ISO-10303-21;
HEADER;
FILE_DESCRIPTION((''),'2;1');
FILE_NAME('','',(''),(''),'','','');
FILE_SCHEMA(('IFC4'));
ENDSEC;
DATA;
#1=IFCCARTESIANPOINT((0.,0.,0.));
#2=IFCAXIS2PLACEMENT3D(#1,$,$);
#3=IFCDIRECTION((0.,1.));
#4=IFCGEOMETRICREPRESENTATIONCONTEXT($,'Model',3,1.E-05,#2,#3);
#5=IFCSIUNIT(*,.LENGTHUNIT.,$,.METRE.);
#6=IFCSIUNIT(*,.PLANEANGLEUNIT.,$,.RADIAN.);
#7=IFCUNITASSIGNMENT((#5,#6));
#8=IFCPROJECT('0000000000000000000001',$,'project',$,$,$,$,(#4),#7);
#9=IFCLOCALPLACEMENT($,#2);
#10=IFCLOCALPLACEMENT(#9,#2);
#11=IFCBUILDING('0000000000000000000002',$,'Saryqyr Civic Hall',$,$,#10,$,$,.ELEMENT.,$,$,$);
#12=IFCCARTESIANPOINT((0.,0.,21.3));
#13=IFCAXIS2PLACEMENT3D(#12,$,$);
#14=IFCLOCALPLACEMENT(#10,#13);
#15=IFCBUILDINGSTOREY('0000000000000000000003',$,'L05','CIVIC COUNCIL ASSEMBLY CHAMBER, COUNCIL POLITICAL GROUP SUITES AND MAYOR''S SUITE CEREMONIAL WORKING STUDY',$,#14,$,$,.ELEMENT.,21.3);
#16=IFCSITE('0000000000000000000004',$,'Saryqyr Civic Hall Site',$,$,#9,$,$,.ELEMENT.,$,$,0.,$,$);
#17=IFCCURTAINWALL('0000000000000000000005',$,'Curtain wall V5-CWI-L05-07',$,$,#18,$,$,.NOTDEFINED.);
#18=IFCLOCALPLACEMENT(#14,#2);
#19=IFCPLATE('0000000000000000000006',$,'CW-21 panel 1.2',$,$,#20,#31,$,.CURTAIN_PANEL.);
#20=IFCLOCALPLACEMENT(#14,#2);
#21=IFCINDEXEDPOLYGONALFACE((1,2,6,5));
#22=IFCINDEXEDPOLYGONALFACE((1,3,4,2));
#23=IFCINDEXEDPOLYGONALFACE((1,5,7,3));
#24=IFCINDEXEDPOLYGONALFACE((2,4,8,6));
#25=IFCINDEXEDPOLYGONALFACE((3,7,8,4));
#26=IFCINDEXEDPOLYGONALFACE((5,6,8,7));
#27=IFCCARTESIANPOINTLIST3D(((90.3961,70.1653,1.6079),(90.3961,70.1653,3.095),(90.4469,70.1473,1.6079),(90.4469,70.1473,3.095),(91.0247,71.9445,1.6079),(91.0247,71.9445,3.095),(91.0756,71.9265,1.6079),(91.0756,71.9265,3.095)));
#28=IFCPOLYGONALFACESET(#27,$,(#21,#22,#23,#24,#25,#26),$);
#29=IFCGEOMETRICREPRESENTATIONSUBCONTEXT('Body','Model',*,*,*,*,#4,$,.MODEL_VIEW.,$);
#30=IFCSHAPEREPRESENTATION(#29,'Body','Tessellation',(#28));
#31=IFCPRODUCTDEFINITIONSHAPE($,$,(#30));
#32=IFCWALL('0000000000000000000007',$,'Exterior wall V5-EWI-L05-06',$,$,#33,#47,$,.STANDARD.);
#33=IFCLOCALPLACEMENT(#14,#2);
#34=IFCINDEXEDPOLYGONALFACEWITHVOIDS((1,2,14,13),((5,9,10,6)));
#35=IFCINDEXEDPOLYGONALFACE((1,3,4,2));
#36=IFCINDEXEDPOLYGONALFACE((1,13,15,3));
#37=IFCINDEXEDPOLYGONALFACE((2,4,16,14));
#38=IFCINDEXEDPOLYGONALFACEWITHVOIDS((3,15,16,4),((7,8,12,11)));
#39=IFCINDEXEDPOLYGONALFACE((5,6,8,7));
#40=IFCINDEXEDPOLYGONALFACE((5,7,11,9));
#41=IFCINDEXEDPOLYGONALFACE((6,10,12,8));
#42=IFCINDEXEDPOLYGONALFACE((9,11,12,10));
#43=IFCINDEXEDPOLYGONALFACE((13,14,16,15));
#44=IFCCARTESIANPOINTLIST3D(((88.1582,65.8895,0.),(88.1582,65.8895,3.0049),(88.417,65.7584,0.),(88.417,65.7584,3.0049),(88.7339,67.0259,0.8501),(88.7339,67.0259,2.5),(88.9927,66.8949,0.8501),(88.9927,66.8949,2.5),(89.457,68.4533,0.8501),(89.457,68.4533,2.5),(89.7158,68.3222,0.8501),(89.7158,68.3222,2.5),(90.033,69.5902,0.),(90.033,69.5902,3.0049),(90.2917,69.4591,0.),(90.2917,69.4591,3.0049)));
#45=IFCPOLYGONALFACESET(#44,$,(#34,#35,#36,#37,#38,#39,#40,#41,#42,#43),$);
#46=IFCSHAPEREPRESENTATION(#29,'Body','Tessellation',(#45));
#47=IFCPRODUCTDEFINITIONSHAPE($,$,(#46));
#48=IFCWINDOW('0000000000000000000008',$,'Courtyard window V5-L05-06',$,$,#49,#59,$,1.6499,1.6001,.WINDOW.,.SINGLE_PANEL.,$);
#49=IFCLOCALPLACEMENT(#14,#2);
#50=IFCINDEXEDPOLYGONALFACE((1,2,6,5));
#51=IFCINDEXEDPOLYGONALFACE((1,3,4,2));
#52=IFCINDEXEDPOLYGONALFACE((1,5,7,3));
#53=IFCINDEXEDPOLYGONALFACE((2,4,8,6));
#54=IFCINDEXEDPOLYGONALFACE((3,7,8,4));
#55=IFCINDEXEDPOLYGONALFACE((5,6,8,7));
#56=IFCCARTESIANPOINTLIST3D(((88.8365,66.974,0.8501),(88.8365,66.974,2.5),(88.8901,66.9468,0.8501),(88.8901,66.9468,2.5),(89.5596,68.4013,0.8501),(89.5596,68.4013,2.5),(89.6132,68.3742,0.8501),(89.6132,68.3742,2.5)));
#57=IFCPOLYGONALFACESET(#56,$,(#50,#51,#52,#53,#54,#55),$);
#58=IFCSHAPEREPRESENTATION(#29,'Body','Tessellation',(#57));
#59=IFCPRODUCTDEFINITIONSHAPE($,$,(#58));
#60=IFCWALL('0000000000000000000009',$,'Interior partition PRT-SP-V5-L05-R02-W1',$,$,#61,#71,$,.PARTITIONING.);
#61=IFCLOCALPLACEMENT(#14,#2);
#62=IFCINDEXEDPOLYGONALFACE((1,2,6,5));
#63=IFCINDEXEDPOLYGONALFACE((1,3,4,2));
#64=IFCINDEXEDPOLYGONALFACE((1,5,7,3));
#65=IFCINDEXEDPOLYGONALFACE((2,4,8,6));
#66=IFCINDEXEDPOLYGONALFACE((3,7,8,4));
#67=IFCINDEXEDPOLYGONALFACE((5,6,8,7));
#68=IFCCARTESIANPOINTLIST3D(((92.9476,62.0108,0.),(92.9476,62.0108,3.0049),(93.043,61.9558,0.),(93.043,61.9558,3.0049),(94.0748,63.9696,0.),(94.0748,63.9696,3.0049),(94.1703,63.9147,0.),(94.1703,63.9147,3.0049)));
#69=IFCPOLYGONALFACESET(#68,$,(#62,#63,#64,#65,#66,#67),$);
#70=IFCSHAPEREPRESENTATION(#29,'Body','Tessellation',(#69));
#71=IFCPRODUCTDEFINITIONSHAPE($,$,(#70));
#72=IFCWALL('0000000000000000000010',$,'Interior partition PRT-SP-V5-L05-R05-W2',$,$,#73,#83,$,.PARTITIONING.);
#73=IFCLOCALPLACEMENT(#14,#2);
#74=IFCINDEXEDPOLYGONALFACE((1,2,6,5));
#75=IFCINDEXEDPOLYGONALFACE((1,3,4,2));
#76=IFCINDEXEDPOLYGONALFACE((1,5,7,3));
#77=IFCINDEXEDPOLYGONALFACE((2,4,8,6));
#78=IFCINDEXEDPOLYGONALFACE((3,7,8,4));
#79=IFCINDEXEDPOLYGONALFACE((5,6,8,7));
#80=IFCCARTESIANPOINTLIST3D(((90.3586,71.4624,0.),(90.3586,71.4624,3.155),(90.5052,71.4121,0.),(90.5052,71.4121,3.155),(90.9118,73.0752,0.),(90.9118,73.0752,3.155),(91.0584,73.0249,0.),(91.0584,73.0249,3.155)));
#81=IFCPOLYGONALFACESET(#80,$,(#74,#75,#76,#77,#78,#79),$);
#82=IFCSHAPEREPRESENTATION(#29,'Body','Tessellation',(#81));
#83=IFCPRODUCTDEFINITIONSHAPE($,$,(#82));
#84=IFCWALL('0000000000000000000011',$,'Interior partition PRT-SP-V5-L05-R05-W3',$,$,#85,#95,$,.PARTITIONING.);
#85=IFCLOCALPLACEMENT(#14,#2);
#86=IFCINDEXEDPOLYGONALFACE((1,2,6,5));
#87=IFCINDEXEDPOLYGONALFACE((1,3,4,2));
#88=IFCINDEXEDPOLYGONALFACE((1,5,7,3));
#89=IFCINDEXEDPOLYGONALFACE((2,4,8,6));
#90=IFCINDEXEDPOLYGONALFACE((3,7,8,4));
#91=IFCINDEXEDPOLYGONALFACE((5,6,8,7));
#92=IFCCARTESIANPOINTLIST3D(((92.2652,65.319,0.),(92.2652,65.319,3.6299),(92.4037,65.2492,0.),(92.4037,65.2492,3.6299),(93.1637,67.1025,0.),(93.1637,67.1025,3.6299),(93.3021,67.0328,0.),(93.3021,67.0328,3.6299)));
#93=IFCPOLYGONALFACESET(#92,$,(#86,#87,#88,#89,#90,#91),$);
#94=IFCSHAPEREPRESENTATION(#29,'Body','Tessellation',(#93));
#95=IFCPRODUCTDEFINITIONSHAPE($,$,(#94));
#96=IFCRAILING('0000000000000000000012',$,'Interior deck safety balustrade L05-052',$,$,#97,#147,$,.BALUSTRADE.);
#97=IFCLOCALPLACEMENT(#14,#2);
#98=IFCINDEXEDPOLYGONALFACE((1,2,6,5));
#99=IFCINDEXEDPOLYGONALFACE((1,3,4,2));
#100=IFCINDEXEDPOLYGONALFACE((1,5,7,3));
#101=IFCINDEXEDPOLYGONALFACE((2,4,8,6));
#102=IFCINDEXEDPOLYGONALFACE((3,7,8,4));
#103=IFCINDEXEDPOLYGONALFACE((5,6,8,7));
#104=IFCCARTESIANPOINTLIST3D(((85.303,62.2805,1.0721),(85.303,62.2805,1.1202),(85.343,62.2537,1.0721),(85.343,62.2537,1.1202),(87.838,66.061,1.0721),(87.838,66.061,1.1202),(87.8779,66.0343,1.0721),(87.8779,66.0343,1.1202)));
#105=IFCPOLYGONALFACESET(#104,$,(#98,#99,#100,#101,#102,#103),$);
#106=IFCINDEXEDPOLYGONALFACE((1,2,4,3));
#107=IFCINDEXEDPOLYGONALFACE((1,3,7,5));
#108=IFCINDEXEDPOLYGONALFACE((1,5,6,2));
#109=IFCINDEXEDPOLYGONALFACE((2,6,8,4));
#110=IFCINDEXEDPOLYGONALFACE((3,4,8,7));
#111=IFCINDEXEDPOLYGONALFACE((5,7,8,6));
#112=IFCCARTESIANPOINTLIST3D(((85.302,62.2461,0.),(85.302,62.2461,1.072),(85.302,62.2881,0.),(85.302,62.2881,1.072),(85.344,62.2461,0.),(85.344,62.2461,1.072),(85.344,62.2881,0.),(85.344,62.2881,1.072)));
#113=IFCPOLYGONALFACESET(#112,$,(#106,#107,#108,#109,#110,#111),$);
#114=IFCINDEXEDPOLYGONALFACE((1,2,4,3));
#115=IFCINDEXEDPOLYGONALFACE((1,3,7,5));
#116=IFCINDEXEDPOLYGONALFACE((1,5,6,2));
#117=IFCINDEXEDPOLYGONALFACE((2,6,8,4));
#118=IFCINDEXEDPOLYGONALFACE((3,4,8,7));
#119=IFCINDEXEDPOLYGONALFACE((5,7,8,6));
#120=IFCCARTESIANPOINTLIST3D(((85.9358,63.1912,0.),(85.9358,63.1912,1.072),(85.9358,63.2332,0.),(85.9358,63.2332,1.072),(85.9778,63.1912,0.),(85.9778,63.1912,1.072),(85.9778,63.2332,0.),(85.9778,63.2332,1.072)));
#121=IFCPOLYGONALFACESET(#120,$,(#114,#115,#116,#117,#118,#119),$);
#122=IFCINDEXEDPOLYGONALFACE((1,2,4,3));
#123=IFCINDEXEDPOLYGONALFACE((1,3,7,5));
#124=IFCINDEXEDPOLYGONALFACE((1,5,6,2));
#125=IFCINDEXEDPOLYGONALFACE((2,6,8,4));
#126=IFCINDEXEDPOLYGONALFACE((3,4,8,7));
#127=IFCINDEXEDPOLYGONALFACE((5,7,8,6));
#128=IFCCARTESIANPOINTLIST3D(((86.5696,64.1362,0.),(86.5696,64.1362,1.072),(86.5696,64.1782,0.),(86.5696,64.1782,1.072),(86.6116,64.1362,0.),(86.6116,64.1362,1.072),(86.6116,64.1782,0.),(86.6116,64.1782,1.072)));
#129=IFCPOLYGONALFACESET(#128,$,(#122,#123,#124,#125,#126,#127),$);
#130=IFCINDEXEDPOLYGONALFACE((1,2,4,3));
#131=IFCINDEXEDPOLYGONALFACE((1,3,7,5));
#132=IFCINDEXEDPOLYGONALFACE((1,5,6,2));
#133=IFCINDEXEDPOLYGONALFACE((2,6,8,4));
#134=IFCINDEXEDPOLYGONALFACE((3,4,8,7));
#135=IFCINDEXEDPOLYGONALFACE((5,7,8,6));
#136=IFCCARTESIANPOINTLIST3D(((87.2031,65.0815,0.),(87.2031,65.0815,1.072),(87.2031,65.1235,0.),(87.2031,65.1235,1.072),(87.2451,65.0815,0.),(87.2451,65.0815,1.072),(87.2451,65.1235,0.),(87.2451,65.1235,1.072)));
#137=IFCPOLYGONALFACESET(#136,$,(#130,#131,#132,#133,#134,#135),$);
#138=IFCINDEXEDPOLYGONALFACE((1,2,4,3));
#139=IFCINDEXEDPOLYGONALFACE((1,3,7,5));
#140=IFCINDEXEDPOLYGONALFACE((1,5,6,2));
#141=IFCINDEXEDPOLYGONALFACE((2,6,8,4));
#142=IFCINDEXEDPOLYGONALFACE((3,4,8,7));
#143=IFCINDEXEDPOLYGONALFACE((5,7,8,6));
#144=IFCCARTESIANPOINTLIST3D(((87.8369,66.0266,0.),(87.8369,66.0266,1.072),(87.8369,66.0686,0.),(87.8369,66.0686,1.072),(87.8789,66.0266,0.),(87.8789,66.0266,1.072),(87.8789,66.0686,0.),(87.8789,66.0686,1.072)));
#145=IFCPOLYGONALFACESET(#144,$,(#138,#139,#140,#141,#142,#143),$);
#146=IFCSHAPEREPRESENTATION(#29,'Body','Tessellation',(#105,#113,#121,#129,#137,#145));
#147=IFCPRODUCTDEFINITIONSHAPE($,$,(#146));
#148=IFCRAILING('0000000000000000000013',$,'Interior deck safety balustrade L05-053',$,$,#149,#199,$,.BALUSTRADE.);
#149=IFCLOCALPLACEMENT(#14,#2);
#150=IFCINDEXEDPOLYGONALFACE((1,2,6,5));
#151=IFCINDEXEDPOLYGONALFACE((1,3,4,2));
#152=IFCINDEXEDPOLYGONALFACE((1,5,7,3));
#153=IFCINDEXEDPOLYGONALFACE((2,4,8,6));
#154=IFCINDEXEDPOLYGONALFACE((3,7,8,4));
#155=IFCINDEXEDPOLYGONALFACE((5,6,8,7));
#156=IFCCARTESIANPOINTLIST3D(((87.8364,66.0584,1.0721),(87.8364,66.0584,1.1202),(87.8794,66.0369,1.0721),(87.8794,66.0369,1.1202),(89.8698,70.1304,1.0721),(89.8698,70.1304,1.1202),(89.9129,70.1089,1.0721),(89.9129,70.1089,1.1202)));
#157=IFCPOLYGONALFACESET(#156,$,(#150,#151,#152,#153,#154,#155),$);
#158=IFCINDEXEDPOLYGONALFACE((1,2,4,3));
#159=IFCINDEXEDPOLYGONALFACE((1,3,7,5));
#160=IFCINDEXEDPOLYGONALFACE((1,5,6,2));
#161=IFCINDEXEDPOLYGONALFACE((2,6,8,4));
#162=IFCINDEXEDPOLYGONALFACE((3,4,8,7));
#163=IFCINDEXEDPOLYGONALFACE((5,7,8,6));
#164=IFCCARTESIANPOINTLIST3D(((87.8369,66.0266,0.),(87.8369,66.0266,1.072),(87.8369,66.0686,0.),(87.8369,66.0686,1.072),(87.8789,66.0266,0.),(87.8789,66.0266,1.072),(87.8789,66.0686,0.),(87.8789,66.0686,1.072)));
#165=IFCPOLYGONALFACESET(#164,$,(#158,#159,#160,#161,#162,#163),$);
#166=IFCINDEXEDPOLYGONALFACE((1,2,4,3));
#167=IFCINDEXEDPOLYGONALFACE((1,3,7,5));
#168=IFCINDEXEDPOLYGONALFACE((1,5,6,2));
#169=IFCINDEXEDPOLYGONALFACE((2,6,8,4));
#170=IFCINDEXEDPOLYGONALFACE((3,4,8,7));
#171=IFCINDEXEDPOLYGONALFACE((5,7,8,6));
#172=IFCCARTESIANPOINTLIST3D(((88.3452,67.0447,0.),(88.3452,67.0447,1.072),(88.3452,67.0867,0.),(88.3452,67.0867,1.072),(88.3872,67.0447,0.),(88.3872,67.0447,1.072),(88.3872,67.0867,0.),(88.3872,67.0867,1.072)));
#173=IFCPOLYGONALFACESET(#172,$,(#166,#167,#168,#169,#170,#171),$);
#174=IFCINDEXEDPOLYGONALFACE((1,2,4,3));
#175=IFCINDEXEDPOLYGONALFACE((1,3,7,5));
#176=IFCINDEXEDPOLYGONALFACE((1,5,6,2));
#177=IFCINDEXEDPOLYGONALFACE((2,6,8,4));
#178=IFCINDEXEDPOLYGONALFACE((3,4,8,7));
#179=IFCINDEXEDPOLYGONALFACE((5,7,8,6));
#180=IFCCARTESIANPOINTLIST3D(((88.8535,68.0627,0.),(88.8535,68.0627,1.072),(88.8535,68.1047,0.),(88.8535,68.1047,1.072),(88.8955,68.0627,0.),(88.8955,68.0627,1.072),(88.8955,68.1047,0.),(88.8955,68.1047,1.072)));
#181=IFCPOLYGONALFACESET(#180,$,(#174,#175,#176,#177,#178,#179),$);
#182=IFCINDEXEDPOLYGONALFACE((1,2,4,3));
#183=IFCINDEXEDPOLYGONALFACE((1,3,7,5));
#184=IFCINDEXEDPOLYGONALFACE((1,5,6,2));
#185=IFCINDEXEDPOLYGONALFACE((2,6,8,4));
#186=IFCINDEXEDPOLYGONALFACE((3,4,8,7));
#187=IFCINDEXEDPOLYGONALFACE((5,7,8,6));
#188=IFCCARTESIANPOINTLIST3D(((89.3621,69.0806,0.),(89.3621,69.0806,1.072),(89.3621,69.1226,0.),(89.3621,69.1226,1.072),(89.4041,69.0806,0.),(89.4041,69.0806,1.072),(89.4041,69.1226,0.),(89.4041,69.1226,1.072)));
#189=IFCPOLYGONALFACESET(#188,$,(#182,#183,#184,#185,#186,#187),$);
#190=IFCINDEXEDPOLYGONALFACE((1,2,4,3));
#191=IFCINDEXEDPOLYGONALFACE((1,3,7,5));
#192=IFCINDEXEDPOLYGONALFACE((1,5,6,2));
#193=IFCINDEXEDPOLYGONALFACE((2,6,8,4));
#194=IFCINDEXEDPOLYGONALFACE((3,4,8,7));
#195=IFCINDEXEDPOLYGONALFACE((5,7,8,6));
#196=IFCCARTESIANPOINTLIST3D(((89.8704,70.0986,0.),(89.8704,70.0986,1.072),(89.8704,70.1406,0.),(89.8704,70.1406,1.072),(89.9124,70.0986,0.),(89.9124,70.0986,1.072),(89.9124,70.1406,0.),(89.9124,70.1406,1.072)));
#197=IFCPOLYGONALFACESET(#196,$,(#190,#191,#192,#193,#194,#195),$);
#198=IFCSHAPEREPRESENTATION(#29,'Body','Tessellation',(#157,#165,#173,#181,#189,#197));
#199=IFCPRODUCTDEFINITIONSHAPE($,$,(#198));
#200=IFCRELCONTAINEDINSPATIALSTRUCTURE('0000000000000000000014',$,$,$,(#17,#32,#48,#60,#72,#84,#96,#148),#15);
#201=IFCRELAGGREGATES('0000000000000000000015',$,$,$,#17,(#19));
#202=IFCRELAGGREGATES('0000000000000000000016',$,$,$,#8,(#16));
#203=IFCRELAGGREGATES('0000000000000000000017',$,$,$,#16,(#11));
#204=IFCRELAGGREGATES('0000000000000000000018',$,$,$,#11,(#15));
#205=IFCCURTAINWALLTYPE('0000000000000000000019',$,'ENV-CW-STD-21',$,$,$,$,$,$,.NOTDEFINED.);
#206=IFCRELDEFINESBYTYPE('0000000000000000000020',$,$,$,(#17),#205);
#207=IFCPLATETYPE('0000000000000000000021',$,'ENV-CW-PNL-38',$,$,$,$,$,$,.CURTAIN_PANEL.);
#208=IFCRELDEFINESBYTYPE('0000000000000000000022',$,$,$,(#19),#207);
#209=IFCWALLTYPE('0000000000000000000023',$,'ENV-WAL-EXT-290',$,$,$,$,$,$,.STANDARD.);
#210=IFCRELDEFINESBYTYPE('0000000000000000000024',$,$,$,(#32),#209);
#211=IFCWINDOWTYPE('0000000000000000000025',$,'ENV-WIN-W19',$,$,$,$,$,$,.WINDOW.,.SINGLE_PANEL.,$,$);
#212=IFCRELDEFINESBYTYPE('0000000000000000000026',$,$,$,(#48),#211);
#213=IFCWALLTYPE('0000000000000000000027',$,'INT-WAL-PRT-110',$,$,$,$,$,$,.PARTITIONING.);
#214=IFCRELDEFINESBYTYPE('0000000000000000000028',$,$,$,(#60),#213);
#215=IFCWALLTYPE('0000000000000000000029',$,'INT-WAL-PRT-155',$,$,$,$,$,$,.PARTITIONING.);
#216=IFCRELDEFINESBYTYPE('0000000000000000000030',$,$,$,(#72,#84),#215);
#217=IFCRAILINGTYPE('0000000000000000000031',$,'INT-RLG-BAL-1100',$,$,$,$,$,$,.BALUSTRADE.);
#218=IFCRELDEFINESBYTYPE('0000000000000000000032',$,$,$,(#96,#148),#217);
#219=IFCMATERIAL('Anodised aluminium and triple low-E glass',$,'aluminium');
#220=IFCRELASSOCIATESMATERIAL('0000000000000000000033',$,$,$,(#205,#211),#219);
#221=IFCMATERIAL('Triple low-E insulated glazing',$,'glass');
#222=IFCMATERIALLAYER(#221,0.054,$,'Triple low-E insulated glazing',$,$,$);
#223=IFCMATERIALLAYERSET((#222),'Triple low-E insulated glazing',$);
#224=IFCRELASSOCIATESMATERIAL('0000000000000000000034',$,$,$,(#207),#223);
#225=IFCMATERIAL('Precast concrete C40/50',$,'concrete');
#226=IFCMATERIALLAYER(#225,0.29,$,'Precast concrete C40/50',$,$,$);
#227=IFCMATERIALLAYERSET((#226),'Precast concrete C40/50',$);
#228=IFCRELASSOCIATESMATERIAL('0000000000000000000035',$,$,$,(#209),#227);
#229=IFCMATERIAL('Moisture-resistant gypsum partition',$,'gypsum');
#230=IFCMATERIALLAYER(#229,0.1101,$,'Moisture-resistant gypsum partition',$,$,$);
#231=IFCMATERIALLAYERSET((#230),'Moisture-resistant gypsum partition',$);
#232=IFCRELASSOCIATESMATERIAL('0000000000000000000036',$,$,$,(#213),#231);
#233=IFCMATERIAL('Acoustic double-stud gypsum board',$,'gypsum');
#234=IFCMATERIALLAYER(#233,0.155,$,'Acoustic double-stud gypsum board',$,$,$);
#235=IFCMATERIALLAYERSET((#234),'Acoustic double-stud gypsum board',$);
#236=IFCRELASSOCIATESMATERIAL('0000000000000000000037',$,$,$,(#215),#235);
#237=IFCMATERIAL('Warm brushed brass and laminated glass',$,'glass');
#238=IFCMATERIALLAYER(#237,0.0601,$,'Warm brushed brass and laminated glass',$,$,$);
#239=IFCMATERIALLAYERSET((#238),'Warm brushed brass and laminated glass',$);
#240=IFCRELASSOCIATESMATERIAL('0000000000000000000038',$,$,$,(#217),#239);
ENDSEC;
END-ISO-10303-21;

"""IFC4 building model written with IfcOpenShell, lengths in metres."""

from ifc_helpers import new_model, si_unit, direction, frame, frame_2d, origin, origin_2d, place, context, subcontext, project, spatial, rectangle, extrude, material, layer, layer_set, type_object, element, fill, aggregate, save


model = new_model("IFC4")

# Units and contexts
model_context = context("Model", 3, precision=1e-05, world=origin(), true_north=direction((0.0, 1.0)))
body_context = subcontext(model_context, "Body", "Model", "MODEL_VIEW")
ifc_project = project(units=[si_unit("LENGTHUNIT", "METRE"), si_unit("PLANEANGLEUNIT", "RADIAN")], contexts=[model_context])

# Site, building, storey
site_placement = place(None, origin())
site = spatial("IfcSite", under=ifc_project, at=site_placement, Name="Saryqyr Civic Hall Site", CompositionType="ELEMENT", RefElevation=0.0)
building_placement = place(site_placement, origin())
building = spatial("IfcBuilding", under=site, at=building_placement, Name="Saryqyr Civic Hall", CompositionType="ELEMENT")
storey_placement = place(building_placement, frame((0.0, 0.0, 21.3)))
storey = spatial("IfcBuildingStorey", under=building, at=storey_placement, Name="L05", Description="CIVIC COUNCIL ASSEMBLY CHAMBER, COUNCIL POLITICAL GROUP SUITES AND MAYOR'S SUITE CEREMONIAL WORKING STUDY", CompositionType="ELEMENT", Elevation=21.3)

# Shared definitions
ifc_material_1 = material(Name="Anodised aluminium and triple low-E glass", Category="aluminium")

# Curtain wall
curtain_wall_type_1 = type_object("IfcCurtainWallType", Name="ENV-CW-STD-21", PredefinedType="NOTDEFINED", material=ifc_material_1)
curtain_wall_1_placement = place(storey_placement, origin())
curtain_wall_1 = element("IfcCurtainWall", 1, at=curtain_wall_1_placement, inside=storey, type_object=curtain_wall_type_1, Name="Curtain wall V5-CWI-L05-07", PredefinedType="NOTDEFINED")

# Plate
ifc_material_2 = material(Name="Triple low-E insulated glazing", Category="glass")
ifc_layer_1 = layer(ifc_material_2, 0.054, Name="Triple low-E insulated glazing")
ifc_layer_set_1 = layer_set([ifc_layer_1], Name="Triple low-E insulated glazing")
plate_type = type_object("IfcPlateType", Name="ENV-CW-PNL-38", PredefinedType="CURTAIN_PANEL", material=ifc_layer_set_1)
plate_1_placement = place(storey_placement, frame((90.7358, 71.0459, 1.6079), z_axis=(0.0, 0.0, 1.0), x_axis=(0.333172, 0.942866, 0.0)))
plate_1 = element("IfcPlate", 2, at=plate_1_placement, type_object=plate_type, Name="CW-21 panel 1.2", PredefinedType="CURTAIN_PANEL", context=body_context, shape_type="SweptSolid", body=[
    extrude(rectangle(XDim=1.887, YDim=0.054, at=origin_2d()), origin(), (0.0, 0.0, 1.0), 1.4871),
])
aggregate(curtain_wall_1, [plate_1])

# Wall, opening, window
ifc_material_3 = material(Name="Precast concrete C40/50", Category="concrete")
ifc_layer_2 = layer(ifc_material_3, 0.29, Name="Precast concrete C40/50")
ifc_layer_set_2 = layer_set([ifc_layer_2], Name="Precast concrete C40/50")
wall_type_1 = type_object("IfcWallType", Name="ENV-WAL-EXT-290", PredefinedType="STANDARD", material=ifc_layer_set_2)
wall_1_placement = place(storey_placement, frame((88.2876, 65.824, 0.0), z_axis=(0.0, 0.0, 1.0), x_axis=(0.451915, 0.892061, 0.0)))
wall_1 = element("IfcWall", 3, at=wall_1_placement, inside=storey, type_object=wall_type_1, Name="Exterior wall V5-EWI-L05-06", PredefinedType="STANDARD", context=body_context, shape_type="SweptSolid", body=[
    extrude(rectangle(XDim=4.1484, YDim=0.29, at=frame_2d((2.0742, 0.0))), origin(), (0.0, 0.0, 1.0), 3.0049),
])
opening_placement = place(wall_1_placement, frame((1.2739, 0.0, 0.8501)))
opening = element("IfcOpeningElement", 4, at=opening_placement, cuts=wall_1, PredefinedType="OPENING", context=body_context, shape_type="SweptSolid", body=[
    extrude(rectangle(XDim=1.6001, YDim=1.6499, at=frame_2d((0.8, 0.825))), frame((0.0, 0.155, 0.0), z_axis=(0.0, -1.0, 0.0), x_axis=(1.0, 0.0, 0.0)), (0.0, 0.0, 1.0), 0.3101),
])
window_type = type_object("IfcWindowType", Name="ENV-WIN-W19", PartitioningType="SINGLE_PANEL", PredefinedType="WINDOW", material=ifc_material_1)
window_placement = place(opening_placement, origin())
window = element("IfcWindow", 5, at=window_placement, inside=storey, type_object=window_type, Name="Courtyard window V5-L05-06", OverallHeight=1.6499, OverallWidth=1.6001, PartitioningType="SINGLE_PANEL", PredefinedType="WINDOW", context=body_context, shape_type="SweptSolid", body=[
    extrude(rectangle(XDim=1.6001, YDim=1.6499, at=frame_2d((0.8, 0.825))), frame((0.0, 0.03, 0.0), z_axis=(0.0, -1.0, 0.0), x_axis=(1.0, 0.0, 0.0)), (0.0, 0.0, 1.0), 0.0601),
])
fill(opening, window)

# Walls
ifc_material_4 = material(Name="Moisture-resistant gypsum partition", Category="gypsum")
ifc_layer_3 = layer(ifc_material_4, 0.1101, Name="Moisture-resistant gypsum partition")
ifc_layer_set_3 = layer_set([ifc_layer_3], Name="Moisture-resistant gypsum partition")
wall_type_2 = type_object("IfcWallType", Name="INT-WAL-PRT-110", PredefinedType="PARTITIONING", material=ifc_layer_set_3)
wall_2_placement = place(storey_placement, frame((92.9954, 61.9834, 0.0), z_axis=(0.0, 0.0, 1.0), x_axis=(0.498778, 0.86673, 0.0)))
element("IfcWall", 6, at=wall_2_placement, inside=storey, type_object=wall_type_2, Name="Interior partition PRT-SP-V5-L05-R02-W1", PredefinedType="PARTITIONING", context=body_context, shape_type="SweptSolid", body=[
    extrude(rectangle(XDim=2.26, YDim=0.1101, at=frame_2d((1.1299, 0.0))), origin(), (0.0, 0.0, 1.0), 3.0049),
])
ifc_material_5 = material(Name="Acoustic double-stud gypsum board", Category="gypsum")
ifc_layer_4 = layer(ifc_material_5, 0.155, Name="Acoustic double-stud gypsum board")
ifc_layer_set_4 = layer_set([ifc_layer_4], Name="Acoustic double-stud gypsum board")
wall_type_3 = type_object("IfcWallType", Name="INT-WAL-PRT-155", PredefinedType="PARTITIONING", material=ifc_layer_set_4)
wall_3_placement = place(storey_placement, frame((90.4319, 71.4373, 0.0), z_axis=(0.0, 0.0, 1.0), x_axis=(0.324463, 0.945898, 0.0)))
element("IfcWall", 7, at=wall_3_placement, inside=storey, type_object=wall_type_3, Name="Interior partition PRT-SP-V5-L05-R05-W2", PredefinedType="PARTITIONING", context=body_context, shape_type="SweptSolid", body=[
    extrude(rectangle(XDim=1.7051, YDim=0.155, at=frame_2d((0.8525, 0.0))), origin(), (0.0, 0.0, 1.0), 3.155),
])
wall_4_placement = place(storey_placement, frame((93.2329, 67.0676, 0.0), z_axis=(0.0, 0.0, 1.0), x_axis=(-0.449901, -0.893078, 0.0)))
element("IfcWall", 8, at=wall_4_placement, inside=storey, type_object=wall_type_3, Name="Interior partition PRT-SP-V5-L05-R05-W3", PredefinedType="PARTITIONING", context=body_context, shape_type="SweptSolid", body=[
    extrude(rectangle(XDim=1.9971, YDim=0.155, at=frame_2d((0.9985, 0.0))), origin(), (0.0, 0.0, 1.0), 3.6299),
])

# Railings
ifc_material_6 = material(Name="Warm brushed brass and laminated glass", Category="glass")
ifc_layer_5 = layer(ifc_material_6, 0.0601, Name="Warm brushed brass and laminated glass")
ifc_layer_set_5 = layer_set([ifc_layer_5], Name="Warm brushed brass and laminated glass")
railing_type = type_object("IfcRailingType", Name="INT-RLG-BAL-1100", PredefinedType="BALUSTRADE", material=ifc_layer_set_5)
railing_1_placement = place(storey_placement, frame((85.323, 62.2671, 0.0)))
element("IfcRailing", 9, at=railing_1_placement, inside=storey, type_object=railing_type, Name="Interior deck safety balustrade L05-052", PredefinedType="BALUSTRADE", context=body_context, shape_type="SweptSolid", body=[
    extrude(rectangle(XDim=0.0481, YDim=0.0481, at=origin_2d()), frame((0.0, 0.0, 1.0962), z_axis=(0.556914, 0.83057, 0.0), x_axis=(-0.83057, 0.556914, 0.0)), (0.0, 0.0, 1.0), 4.5518),
    extrude(rectangle(XDim=0.042, YDim=0.042, at=origin_2d()), origin(), (0.0, 0.0, 1.0), 1.072),
    extrude(rectangle(XDim=0.042, YDim=0.042, at=origin_2d()), frame((0.6338, 0.9451, 0.0)), (0.0, 0.0, 1.0), 1.072),
    extrude(rectangle(XDim=0.042, YDim=0.042, at=origin_2d()), frame((1.2676, 1.8901, 0.0)), (0.0, 0.0, 1.0), 1.072),
    extrude(rectangle(XDim=0.042, YDim=0.042, at=origin_2d()), frame((1.9011, 2.8354, 0.0)), (0.0, 0.0, 1.0), 1.072),
    extrude(rectangle(XDim=0.042, YDim=0.042, at=origin_2d()), frame((2.5349, 3.7805, 0.0)), (0.0, 0.0, 1.0), 1.072),
])
railing_2_placement = place(storey_placement, frame((87.8579, 66.0476, 0.0)))
element("IfcRailing", 10, at=railing_2_placement, inside=storey, type_object=railing_type, Name="Interior deck safety balustrade L05-053", PredefinedType="BALUSTRADE", context=body_context, shape_type="SweptSolid", body=[
    extrude(rectangle(XDim=0.0481, YDim=0.0481, at=origin_2d()), frame((0.0, 0.0, 1.0962), z_axis=(0.446763, 0.894652, 0.0), x_axis=(-0.894652, 0.446763, 0.0)), (0.0, 0.0, 1.0), 4.5515),
    extrude(rectangle(XDim=0.042, YDim=0.042, at=origin_2d()), origin(), (0.0, 0.0, 1.0), 1.072),
    extrude(rectangle(XDim=0.042, YDim=0.042, at=origin_2d()), frame((0.5083, 1.0181, 0.0)), (0.0, 0.0, 1.0), 1.072),
    extrude(rectangle(XDim=0.042, YDim=0.042, at=origin_2d()), frame((1.0166, 2.0361, 0.0)), (0.0, 0.0, 1.0), 1.072),
    extrude(rectangle(XDim=0.042, YDim=0.042, at=origin_2d()), frame((1.5251, 3.054, 0.0)), (0.0, 0.0, 1.0), 1.072),
    extrude(rectangle(XDim=0.042, YDim=0.042, at=origin_2d()), frame((2.0334, 4.072, 0.0)), (0.0, 0.0, 1.0), 1.072),
])

save(model, "model.ifc")
